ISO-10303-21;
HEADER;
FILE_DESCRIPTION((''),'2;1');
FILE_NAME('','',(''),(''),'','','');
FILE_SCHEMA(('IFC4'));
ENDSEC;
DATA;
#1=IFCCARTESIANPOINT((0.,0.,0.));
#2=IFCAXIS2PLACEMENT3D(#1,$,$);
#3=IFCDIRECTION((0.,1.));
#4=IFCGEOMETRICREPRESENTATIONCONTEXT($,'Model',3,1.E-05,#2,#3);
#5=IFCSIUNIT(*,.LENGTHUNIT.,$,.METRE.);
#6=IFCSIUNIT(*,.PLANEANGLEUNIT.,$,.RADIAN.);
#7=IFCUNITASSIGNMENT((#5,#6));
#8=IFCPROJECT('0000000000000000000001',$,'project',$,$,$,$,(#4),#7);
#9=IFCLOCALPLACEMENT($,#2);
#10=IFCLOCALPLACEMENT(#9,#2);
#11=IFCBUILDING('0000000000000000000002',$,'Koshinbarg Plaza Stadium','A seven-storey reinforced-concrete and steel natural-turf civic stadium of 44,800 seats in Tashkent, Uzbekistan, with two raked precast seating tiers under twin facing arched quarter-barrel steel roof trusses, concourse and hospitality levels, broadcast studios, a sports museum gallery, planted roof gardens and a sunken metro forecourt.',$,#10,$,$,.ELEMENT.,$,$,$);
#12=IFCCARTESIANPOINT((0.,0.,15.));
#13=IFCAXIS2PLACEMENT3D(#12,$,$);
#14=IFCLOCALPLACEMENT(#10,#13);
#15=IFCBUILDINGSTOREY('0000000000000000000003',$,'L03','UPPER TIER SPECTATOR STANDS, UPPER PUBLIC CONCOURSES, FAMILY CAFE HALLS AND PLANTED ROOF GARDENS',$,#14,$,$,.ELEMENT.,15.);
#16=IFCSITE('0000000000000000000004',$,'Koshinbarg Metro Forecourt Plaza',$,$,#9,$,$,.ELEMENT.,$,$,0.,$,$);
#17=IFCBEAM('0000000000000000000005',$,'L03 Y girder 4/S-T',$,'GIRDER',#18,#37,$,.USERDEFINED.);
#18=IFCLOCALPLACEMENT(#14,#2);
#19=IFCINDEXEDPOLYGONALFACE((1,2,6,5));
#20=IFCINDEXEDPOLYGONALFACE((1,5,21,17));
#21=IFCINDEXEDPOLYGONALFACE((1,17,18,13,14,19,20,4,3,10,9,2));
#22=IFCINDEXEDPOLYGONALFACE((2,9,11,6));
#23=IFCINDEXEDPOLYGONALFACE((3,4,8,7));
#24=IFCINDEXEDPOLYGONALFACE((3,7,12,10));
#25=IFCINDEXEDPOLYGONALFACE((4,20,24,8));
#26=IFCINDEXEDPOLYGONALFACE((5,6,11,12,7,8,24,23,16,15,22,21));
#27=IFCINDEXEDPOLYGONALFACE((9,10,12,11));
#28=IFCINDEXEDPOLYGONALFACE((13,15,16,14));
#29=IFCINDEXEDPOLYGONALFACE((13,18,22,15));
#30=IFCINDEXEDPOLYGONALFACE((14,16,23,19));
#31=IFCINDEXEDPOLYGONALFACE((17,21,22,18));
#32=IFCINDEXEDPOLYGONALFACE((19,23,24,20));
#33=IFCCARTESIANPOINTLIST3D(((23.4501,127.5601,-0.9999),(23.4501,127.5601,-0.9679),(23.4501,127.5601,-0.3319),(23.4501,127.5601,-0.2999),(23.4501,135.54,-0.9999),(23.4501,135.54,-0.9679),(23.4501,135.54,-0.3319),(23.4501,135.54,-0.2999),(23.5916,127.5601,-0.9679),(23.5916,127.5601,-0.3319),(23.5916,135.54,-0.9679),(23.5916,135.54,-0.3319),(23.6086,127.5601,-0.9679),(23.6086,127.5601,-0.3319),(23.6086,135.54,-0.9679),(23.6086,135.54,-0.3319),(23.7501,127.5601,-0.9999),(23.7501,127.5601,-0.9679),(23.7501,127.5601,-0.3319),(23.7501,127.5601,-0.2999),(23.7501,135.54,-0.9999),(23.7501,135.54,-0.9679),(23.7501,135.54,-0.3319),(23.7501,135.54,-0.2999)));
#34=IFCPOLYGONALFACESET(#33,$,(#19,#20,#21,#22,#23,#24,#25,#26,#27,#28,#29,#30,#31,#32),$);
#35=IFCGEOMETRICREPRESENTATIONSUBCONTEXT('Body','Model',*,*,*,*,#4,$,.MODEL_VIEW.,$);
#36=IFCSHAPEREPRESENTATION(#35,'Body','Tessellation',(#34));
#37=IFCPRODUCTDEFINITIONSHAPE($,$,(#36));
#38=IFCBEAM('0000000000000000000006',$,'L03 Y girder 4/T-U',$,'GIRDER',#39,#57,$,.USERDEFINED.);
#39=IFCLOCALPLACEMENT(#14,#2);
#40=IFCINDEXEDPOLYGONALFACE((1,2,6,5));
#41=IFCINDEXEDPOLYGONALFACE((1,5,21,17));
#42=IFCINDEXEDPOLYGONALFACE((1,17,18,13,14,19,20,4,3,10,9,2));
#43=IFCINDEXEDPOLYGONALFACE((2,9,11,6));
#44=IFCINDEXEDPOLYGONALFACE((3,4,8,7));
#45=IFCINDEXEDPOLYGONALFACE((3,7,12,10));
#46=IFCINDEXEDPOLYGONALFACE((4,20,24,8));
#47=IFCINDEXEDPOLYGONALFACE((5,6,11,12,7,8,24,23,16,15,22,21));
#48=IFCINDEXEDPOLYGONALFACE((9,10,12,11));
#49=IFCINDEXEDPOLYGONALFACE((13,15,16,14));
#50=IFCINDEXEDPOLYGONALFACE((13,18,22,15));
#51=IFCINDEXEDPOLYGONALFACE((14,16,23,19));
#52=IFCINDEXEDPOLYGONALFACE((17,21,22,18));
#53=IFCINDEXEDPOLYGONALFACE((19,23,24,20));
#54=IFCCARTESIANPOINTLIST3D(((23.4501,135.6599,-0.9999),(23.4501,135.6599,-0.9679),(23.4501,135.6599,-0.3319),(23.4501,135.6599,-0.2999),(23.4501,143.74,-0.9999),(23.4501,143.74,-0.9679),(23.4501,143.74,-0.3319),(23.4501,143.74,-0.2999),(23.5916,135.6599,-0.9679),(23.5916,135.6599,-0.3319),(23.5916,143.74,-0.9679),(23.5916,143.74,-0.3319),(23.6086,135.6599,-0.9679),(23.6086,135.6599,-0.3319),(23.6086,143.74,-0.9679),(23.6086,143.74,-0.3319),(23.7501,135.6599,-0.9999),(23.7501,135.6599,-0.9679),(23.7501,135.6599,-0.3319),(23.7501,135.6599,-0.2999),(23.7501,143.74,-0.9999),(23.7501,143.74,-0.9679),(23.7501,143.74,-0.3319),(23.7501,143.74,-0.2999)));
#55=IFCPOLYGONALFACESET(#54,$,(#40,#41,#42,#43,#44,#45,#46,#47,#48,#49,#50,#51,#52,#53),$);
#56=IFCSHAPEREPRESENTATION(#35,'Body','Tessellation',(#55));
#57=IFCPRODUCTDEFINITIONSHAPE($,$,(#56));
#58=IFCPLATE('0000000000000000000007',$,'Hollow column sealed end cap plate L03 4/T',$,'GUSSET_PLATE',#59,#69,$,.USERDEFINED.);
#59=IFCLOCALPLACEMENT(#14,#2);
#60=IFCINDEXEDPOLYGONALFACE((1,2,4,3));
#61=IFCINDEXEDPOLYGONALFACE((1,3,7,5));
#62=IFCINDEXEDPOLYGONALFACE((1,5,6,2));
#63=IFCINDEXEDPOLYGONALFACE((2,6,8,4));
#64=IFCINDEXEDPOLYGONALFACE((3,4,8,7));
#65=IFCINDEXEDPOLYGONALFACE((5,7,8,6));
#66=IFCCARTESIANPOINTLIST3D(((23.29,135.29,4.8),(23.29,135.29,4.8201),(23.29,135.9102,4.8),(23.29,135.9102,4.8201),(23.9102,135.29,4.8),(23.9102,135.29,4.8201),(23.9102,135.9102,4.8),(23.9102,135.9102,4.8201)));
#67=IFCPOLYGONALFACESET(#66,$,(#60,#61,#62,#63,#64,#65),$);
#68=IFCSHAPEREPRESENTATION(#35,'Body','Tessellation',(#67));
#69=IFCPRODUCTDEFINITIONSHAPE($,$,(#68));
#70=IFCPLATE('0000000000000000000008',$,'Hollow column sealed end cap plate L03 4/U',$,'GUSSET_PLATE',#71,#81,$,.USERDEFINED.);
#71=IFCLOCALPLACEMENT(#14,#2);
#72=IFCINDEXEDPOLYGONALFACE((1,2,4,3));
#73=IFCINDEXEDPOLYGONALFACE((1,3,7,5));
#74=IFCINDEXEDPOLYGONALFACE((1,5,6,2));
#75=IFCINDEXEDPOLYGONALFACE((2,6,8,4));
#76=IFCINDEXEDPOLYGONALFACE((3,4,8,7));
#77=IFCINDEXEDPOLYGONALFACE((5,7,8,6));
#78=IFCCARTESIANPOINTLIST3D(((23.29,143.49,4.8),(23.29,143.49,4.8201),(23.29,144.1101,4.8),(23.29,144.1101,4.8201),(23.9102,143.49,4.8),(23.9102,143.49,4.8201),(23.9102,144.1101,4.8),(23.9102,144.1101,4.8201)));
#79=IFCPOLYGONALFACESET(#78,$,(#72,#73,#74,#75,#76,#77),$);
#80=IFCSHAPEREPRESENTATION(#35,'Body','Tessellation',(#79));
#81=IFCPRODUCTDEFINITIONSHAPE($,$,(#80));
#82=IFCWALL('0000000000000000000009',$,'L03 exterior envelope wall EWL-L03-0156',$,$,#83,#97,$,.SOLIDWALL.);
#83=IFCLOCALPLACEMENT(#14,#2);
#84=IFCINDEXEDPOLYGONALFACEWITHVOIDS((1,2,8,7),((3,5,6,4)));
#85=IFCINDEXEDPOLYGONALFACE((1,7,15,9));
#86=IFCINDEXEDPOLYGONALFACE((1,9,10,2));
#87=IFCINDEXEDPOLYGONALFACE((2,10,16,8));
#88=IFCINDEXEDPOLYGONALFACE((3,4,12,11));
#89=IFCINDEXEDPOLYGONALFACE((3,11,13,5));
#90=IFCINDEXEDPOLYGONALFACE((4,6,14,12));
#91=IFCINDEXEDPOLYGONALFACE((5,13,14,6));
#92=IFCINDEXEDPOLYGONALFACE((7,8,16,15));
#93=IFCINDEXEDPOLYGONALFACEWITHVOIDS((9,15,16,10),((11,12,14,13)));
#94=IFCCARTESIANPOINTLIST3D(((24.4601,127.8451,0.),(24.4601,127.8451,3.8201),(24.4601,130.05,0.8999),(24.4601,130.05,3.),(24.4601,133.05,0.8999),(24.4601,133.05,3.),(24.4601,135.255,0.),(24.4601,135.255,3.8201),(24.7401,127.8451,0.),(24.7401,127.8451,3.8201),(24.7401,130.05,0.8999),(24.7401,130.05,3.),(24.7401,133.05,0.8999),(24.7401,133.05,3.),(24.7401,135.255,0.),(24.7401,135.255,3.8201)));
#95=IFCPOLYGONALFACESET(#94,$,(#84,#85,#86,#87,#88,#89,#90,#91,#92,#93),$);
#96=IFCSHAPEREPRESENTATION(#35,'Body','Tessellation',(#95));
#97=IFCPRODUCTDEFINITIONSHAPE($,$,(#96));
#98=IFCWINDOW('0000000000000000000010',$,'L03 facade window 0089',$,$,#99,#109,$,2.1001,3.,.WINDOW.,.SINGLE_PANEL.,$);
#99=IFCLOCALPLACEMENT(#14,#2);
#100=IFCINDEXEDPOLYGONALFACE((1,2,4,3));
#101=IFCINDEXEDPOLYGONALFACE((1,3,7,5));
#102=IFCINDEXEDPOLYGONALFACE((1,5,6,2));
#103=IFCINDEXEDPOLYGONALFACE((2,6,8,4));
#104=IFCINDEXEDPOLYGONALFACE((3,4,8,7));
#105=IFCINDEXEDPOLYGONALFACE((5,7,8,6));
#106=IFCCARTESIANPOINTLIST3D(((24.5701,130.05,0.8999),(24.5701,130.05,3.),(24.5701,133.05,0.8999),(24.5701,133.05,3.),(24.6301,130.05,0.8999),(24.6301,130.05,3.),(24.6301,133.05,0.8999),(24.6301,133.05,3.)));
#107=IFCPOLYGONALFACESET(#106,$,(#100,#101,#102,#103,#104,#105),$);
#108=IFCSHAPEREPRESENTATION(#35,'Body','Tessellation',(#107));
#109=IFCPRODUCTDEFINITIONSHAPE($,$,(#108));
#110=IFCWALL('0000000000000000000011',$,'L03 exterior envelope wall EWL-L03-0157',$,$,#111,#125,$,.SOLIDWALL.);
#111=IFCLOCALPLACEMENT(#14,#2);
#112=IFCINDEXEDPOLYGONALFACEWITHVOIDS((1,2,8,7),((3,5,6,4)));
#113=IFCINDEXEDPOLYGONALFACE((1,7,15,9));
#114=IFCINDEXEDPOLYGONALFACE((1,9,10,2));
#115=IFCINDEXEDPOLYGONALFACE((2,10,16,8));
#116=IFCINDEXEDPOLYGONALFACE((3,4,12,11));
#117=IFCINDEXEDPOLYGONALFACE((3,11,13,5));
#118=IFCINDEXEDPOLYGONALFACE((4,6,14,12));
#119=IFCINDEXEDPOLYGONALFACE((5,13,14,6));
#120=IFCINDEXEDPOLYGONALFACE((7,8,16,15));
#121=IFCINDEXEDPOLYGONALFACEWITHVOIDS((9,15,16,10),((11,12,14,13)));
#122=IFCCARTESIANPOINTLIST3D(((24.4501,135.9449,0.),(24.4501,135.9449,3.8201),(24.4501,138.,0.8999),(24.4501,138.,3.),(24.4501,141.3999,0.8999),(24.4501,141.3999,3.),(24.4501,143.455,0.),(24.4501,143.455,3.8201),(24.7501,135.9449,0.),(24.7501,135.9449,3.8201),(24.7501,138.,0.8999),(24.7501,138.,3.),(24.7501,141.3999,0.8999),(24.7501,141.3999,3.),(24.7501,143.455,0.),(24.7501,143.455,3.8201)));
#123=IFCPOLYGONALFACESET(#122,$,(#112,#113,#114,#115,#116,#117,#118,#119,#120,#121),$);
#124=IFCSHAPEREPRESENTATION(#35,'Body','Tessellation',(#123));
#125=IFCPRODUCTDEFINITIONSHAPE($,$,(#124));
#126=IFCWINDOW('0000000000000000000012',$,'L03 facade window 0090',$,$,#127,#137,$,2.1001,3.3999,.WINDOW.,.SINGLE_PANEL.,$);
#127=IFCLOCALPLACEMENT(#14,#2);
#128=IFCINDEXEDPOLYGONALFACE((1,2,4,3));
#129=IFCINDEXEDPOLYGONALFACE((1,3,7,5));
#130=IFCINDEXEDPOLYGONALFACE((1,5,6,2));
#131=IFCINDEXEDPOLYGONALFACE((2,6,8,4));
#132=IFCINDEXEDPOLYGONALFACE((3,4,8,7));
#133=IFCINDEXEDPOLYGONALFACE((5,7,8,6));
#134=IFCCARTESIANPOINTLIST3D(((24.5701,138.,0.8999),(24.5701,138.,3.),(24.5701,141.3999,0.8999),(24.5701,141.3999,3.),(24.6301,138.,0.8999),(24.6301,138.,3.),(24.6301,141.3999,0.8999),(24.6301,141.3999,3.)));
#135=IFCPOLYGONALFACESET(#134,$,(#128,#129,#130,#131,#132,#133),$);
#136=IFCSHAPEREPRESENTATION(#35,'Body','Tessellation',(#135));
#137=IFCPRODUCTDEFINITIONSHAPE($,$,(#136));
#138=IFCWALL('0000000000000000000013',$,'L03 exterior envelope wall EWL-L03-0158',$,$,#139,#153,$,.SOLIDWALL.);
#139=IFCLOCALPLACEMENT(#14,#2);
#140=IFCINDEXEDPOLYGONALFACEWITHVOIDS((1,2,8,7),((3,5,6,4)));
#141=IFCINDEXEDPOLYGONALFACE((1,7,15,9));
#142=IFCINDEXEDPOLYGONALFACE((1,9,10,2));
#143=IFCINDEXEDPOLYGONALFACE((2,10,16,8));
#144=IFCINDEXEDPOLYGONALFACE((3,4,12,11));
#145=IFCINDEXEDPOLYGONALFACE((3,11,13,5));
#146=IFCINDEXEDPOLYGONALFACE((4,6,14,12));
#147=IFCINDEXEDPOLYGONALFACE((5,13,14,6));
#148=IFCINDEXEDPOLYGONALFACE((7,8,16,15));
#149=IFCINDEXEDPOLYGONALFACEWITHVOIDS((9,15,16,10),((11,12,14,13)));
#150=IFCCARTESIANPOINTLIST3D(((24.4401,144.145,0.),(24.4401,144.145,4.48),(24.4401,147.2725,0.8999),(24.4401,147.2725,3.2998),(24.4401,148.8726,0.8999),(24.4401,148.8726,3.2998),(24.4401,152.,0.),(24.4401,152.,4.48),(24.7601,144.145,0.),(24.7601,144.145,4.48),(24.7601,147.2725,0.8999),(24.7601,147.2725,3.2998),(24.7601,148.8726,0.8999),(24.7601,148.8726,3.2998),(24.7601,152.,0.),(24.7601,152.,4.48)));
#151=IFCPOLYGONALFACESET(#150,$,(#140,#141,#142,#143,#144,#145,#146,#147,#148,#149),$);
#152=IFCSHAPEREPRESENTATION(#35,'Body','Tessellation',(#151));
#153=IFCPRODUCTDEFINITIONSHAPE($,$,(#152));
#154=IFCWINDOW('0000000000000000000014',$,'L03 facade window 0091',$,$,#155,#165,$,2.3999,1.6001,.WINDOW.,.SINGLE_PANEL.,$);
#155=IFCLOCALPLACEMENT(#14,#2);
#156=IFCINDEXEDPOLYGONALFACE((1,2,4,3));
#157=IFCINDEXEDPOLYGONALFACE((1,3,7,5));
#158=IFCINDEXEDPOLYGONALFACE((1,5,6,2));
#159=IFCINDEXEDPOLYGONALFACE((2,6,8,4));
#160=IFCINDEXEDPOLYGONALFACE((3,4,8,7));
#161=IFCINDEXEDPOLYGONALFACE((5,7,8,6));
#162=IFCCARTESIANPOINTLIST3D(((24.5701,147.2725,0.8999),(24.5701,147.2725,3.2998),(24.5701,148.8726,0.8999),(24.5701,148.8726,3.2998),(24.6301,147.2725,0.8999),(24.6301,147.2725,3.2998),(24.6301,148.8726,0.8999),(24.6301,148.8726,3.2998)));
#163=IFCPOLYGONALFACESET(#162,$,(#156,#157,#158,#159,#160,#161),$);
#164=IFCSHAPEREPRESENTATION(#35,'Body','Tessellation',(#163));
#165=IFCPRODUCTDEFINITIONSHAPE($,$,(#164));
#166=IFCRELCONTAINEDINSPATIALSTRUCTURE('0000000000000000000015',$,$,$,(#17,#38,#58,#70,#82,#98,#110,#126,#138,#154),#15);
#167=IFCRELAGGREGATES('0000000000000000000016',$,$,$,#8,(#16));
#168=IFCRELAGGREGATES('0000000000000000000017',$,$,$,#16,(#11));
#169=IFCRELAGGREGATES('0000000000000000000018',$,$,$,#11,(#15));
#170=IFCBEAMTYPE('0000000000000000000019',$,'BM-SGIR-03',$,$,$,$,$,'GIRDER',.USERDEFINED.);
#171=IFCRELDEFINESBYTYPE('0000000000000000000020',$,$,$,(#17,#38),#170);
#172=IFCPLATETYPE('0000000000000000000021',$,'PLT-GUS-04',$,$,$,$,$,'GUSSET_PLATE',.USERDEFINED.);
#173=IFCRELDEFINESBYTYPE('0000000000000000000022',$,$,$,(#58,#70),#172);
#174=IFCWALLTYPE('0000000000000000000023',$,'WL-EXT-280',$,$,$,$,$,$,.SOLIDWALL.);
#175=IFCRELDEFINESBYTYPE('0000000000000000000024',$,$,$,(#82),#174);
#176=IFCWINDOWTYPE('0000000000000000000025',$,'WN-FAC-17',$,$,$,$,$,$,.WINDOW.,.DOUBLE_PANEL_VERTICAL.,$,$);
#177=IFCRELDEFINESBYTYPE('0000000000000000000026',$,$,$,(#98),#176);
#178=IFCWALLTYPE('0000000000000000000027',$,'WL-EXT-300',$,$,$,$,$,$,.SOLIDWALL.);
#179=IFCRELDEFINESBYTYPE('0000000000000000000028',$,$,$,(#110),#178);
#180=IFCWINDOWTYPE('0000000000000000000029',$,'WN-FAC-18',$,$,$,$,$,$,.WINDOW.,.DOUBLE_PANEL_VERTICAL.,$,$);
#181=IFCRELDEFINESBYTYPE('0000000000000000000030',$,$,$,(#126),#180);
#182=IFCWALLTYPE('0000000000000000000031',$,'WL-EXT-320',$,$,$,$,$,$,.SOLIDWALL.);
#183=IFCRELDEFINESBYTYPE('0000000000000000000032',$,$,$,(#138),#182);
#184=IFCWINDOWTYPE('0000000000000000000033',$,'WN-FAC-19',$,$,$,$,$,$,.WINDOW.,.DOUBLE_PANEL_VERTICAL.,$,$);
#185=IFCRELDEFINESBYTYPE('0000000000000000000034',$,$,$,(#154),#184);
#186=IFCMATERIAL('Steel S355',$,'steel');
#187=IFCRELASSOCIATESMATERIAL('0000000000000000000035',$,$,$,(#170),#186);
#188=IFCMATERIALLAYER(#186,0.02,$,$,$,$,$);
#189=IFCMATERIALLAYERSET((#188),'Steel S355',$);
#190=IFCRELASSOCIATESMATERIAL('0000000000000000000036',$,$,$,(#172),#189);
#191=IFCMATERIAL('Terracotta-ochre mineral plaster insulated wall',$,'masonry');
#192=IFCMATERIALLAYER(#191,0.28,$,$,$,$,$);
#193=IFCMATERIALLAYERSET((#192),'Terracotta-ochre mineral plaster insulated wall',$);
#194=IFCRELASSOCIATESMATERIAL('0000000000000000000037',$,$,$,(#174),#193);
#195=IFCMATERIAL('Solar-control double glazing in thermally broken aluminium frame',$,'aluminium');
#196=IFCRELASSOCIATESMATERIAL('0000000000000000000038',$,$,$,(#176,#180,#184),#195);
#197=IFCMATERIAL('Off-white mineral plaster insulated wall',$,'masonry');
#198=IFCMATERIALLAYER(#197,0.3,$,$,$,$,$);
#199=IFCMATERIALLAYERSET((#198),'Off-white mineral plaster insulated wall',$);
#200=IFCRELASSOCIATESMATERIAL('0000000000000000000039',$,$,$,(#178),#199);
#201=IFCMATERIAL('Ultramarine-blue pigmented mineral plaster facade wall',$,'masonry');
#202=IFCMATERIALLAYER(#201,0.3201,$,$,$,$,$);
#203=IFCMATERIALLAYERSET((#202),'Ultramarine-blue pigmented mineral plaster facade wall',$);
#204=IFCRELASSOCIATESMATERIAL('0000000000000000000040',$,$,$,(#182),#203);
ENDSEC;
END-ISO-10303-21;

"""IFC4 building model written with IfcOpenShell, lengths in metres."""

from ifc_helpers import new_model, si_unit, direction, frame, frame_2d, origin, origin_2d, place, context, subcontext, project, spatial, rectangle, i_section, extrude, material, layer, layer_set, material_profile, profile_set, type_object, element, fill, save


model = new_model("IFC4")

# Units and contexts
model_context = context("Model", 3, precision=1e-05, world=origin(), true_north=direction((0.0, 1.0)))
body_context = subcontext(model_context, "Body", "Model", "MODEL_VIEW")
ifc_project = project(units=[si_unit("LENGTHUNIT", "METRE"), si_unit("PLANEANGLEUNIT", "RADIAN")], contexts=[model_context])

# Site, building, storey
site_placement = place(None, origin())
site = spatial("IfcSite", under=ifc_project, at=site_placement, Name="Koshinbarg Metro Forecourt Plaza", CompositionType="ELEMENT", RefElevation=0.0)
building_placement = place(site_placement, origin())
building = spatial("IfcBuilding", under=site, at=building_placement, Name="Koshinbarg Plaza Stadium", Description="A seven-storey reinforced-concrete and steel natural-turf civic stadium of 44,800 seats in Tashkent, Uzbekistan, with two raked precast seating tiers under twin facing arched quarter-barrel steel roof trusses, concourse and hospitality levels, broadcast studios, a sports museum gallery, planted roof gardens and a sunken metro forecourt.", CompositionType="ELEMENT")
storey_placement = place(building_placement, frame((0.0, 0.0, 15.0)))
storey = spatial("IfcBuildingStorey", under=building, at=storey_placement, Name="L03", Description="UPPER TIER SPECTATOR STANDS, UPPER PUBLIC CONCOURSES, FAMILY CAFE HALLS AND PLANTED ROOF GARDENS", CompositionType="ELEMENT", Elevation=15.0)

# Shared definitions
ifc_material_1 = material(Name="Steel S355", Category="steel")

# Beams
ifc_material_profile_1 = material_profile(ifc_material_1, i_section(OverallWidth=0.3, OverallDepth=0.7, WebThickness=0.0171, FlangeThickness=0.032, at=origin_2d()), Name="HEB 700")
ifc_profile_set_1 = profile_set([ifc_material_profile_1], Name="Steel S355")
beam_type_1 = type_object("IfcBeamType", Name="BM-SGIR-03", ElementType="GIRDER", PredefinedType="USERDEFINED", material=ifc_profile_set_1)
beam_1_placement = place(storey_placement, frame((23.6001, 127.5601, -0.6499), z_axis=(0.0, 1.0, 0.0), x_axis=(-1.0, 0.0, 0.0)))
element("IfcBeam", 1, at=beam_1_placement, inside=storey, type_object=beam_type_1, Name="L03 Y girder 4/S-T", ObjectType="GIRDER", PredefinedType="USERDEFINED", context=body_context, shape_type="SweptSolid", body=[
    extrude(i_section(OverallWidth=0.3, OverallDepth=0.7, WebThickness=0.0171, FlangeThickness=0.032, at=origin_2d()), origin(), (0.0, 0.0, 1.0), 7.98),
])
beam_2_placement = place(storey_placement, frame((23.6001, 135.6599, -0.6499), z_axis=(0.0, 1.0, 0.0), x_axis=(-1.0, 0.0, 0.0)))
element("IfcBeam", 2, at=beam_2_placement, inside=storey, type_object=beam_type_1, Name="L03 Y girder 4/T-U", ObjectType="GIRDER", PredefinedType="USERDEFINED", context=body_context, shape_type="SweptSolid", body=[
    extrude(i_section(OverallWidth=0.3, OverallDepth=0.7, WebThickness=0.0171, FlangeThickness=0.032, at=origin_2d()), origin(), (0.0, 0.0, 1.0), 8.0801),
])

# Plates
ifc_layer_1 = layer(ifc_material_1, 0.02)
ifc_layer_set_1 = layer_set([ifc_layer_1], Name="Steel S355")
plate_type = type_object("IfcPlateType", Name="PLT-GUS-04", ElementType="GUSSET_PLATE", PredefinedType="USERDEFINED", material=ifc_layer_set_1)
for number, where, z_axis, x_axis, name in (
    (3, (23.6001, 135.6001, 4.8), (0.0, 0.0, 1.0), (1.0, 0.0, 0.0), "Hollow column sealed end cap plate L03 4/T"),
    (4, (23.6001, 143.8, 4.8), (0.0, 0.0, 1.0), (1.0, 0.0, 0.0), "Hollow column sealed end cap plate L03 4/U"),
):
    element("IfcPlate", number, at=place(storey_placement, frame(where, z_axis=z_axis, x_axis=x_axis)), inside=storey, type_object=plate_type, Name=name, ObjectType="GUSSET_PLATE", PredefinedType="USERDEFINED", context=body_context, shape_type="SweptSolid", body=[
        extrude(rectangle(XDim=0.6201, YDim=0.6201, at=origin_2d()), origin(), (0.0, 0.0, 1.0), 0.02),
    ])

# Walls, openings, windows
ifc_material_2 = material(Name="Terracotta-ochre mineral plaster insulated wall", Category="masonry")
ifc_layer_2 = layer(ifc_material_2, 0.28)
ifc_layer_set_2 = layer_set([ifc_layer_2], Name="Terracotta-ochre mineral plaster insulated wall")
wall_type_1 = type_object("IfcWallType", Name="WL-EXT-280", PredefinedType="SOLIDWALL", material=ifc_layer_set_2)
wall_1_placement = place(storey_placement, frame((24.6001, 127.845, 0.0), z_axis=(0.0, 0.0, 1.0), x_axis=(0.0, 1.0, 0.0)))
wall_1 = element("IfcWall", 5, at=wall_1_placement, inside=storey, type_object=wall_type_1, Name="L03 exterior envelope wall EWL-L03-0156", PredefinedType="SOLIDWALL", context=body_context, shape_type="SweptSolid", body=[
    extrude(rectangle(XDim=7.4099, YDim=0.28, at=frame_2d((3.7051, 0.0))), origin(), (0.0, 0.0, 1.0), 3.8201),
])
opening_1_placement = place(wall_1_placement, frame((2.2051, 0.0, 0.8999)))
opening_1 = element("IfcOpeningElement", 6, at=opening_1_placement, cuts=wall_1, PredefinedType="OPENING", context=body_context, shape_type="SweptSolid", body=[
    extrude(rectangle(XDim=3.0, YDim=2.1001, at=frame_2d((1.5, 1.05))), frame((0.0, 0.1499, 0.0), z_axis=(0.0, -1.0, 0.0), x_axis=(1.0, 0.0, 0.0)), (0.0, 0.0, 1.0), 0.3),
])
ifc_material_3 = material(Name="Solar-control double glazing in thermally broken aluminium frame", Category="aluminium")
window_type_1 = type_object("IfcWindowType", Name="WN-FAC-17", PartitioningType="DOUBLE_PANEL_VERTICAL", PredefinedType="WINDOW", material=ifc_material_3)
window_1_placement = place(opening_1_placement, origin())
window_1 = element("IfcWindow", 7, at=window_1_placement, inside=storey, type_object=window_type_1, Name="L03 facade window 0089", OverallHeight=2.1001, OverallWidth=3.0, PartitioningType="SINGLE_PANEL", PredefinedType="WINDOW", context=body_context, shape_type="SweptSolid", body=[
    extrude(rectangle(XDim=3.0, YDim=2.1001, at=frame_2d((1.5, 1.05))), frame((0.0, 0.03, 0.0), z_axis=(0.0, -1.0, 0.0), x_axis=(1.0, 0.0, 0.0)), (0.0, 0.0, 1.0), 0.0601),
])
fill(opening_1, window_1)
ifc_material_4 = material(Name="Off-white mineral plaster insulated wall", Category="masonry")
ifc_layer_3 = layer(ifc_material_4, 0.3)
ifc_layer_set_3 = layer_set([ifc_layer_3], Name="Off-white mineral plaster insulated wall")
wall_type_2 = type_object("IfcWallType", Name="WL-EXT-300", PredefinedType="SOLIDWALL", material=ifc_layer_set_3)
wall_2_placement = place(storey_placement, frame((24.6001, 135.9451, 0.0), z_axis=(0.0, 0.0, 1.0), x_axis=(0.0, 1.0, 0.0)))
wall_2 = element("IfcWall", 8, at=wall_2_placement, inside=storey, type_object=wall_type_2, Name="L03 exterior envelope wall EWL-L03-0157", PredefinedType="SOLIDWALL", context=body_context, shape_type="SweptSolid", body=[
    extrude(rectangle(XDim=7.51, YDim=0.3, at=frame_2d((3.7549, 0.0))), origin(), (0.0, 0.0, 1.0), 3.8201),
])
opening_2_placement = place(wall_2_placement, frame((2.0549, 0.0, 0.8999)))
opening_2 = element("IfcOpeningElement", 9, at=opening_2_placement, cuts=wall_2, PredefinedType="OPENING", context=body_context, shape_type="SweptSolid", body=[
    extrude(rectangle(XDim=3.3999, YDim=2.1001, at=frame_2d((1.7, 1.05))), frame((0.0, 0.1599, 0.0), z_axis=(0.0, -1.0, 0.0), x_axis=(1.0, 0.0, 0.0)), (0.0, 0.0, 1.0), 0.3201),
])
window_type_2 = type_object("IfcWindowType", Name="WN-FAC-18", PartitioningType="DOUBLE_PANEL_VERTICAL", PredefinedType="WINDOW", material=ifc_material_3)
window_2_placement = place(opening_2_placement, origin())
window_2 = element("IfcWindow", 10, at=window_2_placement, inside=storey, type_object=window_type_2, Name="L03 facade window 0090", OverallHeight=2.1001, OverallWidth=3.3999, PartitioningType="SINGLE_PANEL", PredefinedType="WINDOW", context=body_context, shape_type="SweptSolid", body=[
    extrude(rectangle(XDim=3.3999, YDim=2.1001, at=frame_2d((1.7, 1.05))), frame((0.0, 0.03, 0.0), z_axis=(0.0, -1.0, 0.0), x_axis=(1.0, 0.0, 0.0)), (0.0, 0.0, 1.0), 0.0601),
])
fill(opening_2, window_2)
ifc_material_5 = material(Name="Ultramarine-blue pigmented mineral plaster facade wall", Category="masonry")
ifc_layer_4 = layer(ifc_material_5, 0.3201)
ifc_layer_set_4 = layer_set([ifc_layer_4], Name="Ultramarine-blue pigmented mineral plaster facade wall")
wall_type_3 = type_object("IfcWallType", Name="WL-EXT-320", PredefinedType="SOLIDWALL", material=ifc_layer_set_4)
wall_3_placement = place(storey_placement, frame((24.6001, 144.145, 0.0), z_axis=(0.0, 0.0, 1.0), x_axis=(0.0, 1.0, 0.0)))
wall_3 = element("IfcWall", 11, at=wall_3_placement, inside=storey, type_object=wall_type_3, Name="L03 exterior envelope wall EWL-L03-0158", PredefinedType="SOLIDWALL", context=body_context, shape_type="SweptSolid", body=[
    extrude(rectangle(XDim=7.855, YDim=0.3201, at=frame_2d((3.9275, 0.0))), origin(), (0.0, 0.0, 1.0), 4.48),
])
opening_3_placement = place(wall_3_placement, frame((3.1274, 0.0, 0.8999)))
opening_3 = element("IfcOpeningElement", 12, at=opening_3_placement, cuts=wall_3, PredefinedType="OPENING", context=body_context, shape_type="SweptSolid", body=[
    extrude(rectangle(XDim=1.6001, YDim=2.3999, at=frame_2d((0.8, 1.2))), frame((0.0, 0.1699, 0.0), z_axis=(0.0, -1.0, 0.0), x_axis=(1.0, 0.0, 0.0)), (0.0, 0.0, 1.0), 0.3401),
])
window_type_3 = type_object("IfcWindowType", Name="WN-FAC-19", PartitioningType="DOUBLE_PANEL_VERTICAL", PredefinedType="WINDOW", material=ifc_material_3)
window_3_placement = place(opening_3_placement, origin())
window_3 = element("IfcWindow", 13, at=window_3_placement, inside=storey, type_object=window_type_3, Name="L03 facade window 0091", OverallHeight=2.3999, OverallWidth=1.6001, PartitioningType="SINGLE_PANEL", PredefinedType="WINDOW", context=body_context, shape_type="SweptSolid", body=[
    extrude(rectangle(XDim=1.6001, YDim=2.3999, at=frame_2d((0.8, 1.2))), frame((0.0, 0.03, 0.0), z_axis=(0.0, -1.0, 0.0), x_axis=(1.0, 0.0, 0.0)), (0.0, 0.0, 1.0), 0.0601),
])
fill(opening_3, window_3)

save(model, "model.ifc")
